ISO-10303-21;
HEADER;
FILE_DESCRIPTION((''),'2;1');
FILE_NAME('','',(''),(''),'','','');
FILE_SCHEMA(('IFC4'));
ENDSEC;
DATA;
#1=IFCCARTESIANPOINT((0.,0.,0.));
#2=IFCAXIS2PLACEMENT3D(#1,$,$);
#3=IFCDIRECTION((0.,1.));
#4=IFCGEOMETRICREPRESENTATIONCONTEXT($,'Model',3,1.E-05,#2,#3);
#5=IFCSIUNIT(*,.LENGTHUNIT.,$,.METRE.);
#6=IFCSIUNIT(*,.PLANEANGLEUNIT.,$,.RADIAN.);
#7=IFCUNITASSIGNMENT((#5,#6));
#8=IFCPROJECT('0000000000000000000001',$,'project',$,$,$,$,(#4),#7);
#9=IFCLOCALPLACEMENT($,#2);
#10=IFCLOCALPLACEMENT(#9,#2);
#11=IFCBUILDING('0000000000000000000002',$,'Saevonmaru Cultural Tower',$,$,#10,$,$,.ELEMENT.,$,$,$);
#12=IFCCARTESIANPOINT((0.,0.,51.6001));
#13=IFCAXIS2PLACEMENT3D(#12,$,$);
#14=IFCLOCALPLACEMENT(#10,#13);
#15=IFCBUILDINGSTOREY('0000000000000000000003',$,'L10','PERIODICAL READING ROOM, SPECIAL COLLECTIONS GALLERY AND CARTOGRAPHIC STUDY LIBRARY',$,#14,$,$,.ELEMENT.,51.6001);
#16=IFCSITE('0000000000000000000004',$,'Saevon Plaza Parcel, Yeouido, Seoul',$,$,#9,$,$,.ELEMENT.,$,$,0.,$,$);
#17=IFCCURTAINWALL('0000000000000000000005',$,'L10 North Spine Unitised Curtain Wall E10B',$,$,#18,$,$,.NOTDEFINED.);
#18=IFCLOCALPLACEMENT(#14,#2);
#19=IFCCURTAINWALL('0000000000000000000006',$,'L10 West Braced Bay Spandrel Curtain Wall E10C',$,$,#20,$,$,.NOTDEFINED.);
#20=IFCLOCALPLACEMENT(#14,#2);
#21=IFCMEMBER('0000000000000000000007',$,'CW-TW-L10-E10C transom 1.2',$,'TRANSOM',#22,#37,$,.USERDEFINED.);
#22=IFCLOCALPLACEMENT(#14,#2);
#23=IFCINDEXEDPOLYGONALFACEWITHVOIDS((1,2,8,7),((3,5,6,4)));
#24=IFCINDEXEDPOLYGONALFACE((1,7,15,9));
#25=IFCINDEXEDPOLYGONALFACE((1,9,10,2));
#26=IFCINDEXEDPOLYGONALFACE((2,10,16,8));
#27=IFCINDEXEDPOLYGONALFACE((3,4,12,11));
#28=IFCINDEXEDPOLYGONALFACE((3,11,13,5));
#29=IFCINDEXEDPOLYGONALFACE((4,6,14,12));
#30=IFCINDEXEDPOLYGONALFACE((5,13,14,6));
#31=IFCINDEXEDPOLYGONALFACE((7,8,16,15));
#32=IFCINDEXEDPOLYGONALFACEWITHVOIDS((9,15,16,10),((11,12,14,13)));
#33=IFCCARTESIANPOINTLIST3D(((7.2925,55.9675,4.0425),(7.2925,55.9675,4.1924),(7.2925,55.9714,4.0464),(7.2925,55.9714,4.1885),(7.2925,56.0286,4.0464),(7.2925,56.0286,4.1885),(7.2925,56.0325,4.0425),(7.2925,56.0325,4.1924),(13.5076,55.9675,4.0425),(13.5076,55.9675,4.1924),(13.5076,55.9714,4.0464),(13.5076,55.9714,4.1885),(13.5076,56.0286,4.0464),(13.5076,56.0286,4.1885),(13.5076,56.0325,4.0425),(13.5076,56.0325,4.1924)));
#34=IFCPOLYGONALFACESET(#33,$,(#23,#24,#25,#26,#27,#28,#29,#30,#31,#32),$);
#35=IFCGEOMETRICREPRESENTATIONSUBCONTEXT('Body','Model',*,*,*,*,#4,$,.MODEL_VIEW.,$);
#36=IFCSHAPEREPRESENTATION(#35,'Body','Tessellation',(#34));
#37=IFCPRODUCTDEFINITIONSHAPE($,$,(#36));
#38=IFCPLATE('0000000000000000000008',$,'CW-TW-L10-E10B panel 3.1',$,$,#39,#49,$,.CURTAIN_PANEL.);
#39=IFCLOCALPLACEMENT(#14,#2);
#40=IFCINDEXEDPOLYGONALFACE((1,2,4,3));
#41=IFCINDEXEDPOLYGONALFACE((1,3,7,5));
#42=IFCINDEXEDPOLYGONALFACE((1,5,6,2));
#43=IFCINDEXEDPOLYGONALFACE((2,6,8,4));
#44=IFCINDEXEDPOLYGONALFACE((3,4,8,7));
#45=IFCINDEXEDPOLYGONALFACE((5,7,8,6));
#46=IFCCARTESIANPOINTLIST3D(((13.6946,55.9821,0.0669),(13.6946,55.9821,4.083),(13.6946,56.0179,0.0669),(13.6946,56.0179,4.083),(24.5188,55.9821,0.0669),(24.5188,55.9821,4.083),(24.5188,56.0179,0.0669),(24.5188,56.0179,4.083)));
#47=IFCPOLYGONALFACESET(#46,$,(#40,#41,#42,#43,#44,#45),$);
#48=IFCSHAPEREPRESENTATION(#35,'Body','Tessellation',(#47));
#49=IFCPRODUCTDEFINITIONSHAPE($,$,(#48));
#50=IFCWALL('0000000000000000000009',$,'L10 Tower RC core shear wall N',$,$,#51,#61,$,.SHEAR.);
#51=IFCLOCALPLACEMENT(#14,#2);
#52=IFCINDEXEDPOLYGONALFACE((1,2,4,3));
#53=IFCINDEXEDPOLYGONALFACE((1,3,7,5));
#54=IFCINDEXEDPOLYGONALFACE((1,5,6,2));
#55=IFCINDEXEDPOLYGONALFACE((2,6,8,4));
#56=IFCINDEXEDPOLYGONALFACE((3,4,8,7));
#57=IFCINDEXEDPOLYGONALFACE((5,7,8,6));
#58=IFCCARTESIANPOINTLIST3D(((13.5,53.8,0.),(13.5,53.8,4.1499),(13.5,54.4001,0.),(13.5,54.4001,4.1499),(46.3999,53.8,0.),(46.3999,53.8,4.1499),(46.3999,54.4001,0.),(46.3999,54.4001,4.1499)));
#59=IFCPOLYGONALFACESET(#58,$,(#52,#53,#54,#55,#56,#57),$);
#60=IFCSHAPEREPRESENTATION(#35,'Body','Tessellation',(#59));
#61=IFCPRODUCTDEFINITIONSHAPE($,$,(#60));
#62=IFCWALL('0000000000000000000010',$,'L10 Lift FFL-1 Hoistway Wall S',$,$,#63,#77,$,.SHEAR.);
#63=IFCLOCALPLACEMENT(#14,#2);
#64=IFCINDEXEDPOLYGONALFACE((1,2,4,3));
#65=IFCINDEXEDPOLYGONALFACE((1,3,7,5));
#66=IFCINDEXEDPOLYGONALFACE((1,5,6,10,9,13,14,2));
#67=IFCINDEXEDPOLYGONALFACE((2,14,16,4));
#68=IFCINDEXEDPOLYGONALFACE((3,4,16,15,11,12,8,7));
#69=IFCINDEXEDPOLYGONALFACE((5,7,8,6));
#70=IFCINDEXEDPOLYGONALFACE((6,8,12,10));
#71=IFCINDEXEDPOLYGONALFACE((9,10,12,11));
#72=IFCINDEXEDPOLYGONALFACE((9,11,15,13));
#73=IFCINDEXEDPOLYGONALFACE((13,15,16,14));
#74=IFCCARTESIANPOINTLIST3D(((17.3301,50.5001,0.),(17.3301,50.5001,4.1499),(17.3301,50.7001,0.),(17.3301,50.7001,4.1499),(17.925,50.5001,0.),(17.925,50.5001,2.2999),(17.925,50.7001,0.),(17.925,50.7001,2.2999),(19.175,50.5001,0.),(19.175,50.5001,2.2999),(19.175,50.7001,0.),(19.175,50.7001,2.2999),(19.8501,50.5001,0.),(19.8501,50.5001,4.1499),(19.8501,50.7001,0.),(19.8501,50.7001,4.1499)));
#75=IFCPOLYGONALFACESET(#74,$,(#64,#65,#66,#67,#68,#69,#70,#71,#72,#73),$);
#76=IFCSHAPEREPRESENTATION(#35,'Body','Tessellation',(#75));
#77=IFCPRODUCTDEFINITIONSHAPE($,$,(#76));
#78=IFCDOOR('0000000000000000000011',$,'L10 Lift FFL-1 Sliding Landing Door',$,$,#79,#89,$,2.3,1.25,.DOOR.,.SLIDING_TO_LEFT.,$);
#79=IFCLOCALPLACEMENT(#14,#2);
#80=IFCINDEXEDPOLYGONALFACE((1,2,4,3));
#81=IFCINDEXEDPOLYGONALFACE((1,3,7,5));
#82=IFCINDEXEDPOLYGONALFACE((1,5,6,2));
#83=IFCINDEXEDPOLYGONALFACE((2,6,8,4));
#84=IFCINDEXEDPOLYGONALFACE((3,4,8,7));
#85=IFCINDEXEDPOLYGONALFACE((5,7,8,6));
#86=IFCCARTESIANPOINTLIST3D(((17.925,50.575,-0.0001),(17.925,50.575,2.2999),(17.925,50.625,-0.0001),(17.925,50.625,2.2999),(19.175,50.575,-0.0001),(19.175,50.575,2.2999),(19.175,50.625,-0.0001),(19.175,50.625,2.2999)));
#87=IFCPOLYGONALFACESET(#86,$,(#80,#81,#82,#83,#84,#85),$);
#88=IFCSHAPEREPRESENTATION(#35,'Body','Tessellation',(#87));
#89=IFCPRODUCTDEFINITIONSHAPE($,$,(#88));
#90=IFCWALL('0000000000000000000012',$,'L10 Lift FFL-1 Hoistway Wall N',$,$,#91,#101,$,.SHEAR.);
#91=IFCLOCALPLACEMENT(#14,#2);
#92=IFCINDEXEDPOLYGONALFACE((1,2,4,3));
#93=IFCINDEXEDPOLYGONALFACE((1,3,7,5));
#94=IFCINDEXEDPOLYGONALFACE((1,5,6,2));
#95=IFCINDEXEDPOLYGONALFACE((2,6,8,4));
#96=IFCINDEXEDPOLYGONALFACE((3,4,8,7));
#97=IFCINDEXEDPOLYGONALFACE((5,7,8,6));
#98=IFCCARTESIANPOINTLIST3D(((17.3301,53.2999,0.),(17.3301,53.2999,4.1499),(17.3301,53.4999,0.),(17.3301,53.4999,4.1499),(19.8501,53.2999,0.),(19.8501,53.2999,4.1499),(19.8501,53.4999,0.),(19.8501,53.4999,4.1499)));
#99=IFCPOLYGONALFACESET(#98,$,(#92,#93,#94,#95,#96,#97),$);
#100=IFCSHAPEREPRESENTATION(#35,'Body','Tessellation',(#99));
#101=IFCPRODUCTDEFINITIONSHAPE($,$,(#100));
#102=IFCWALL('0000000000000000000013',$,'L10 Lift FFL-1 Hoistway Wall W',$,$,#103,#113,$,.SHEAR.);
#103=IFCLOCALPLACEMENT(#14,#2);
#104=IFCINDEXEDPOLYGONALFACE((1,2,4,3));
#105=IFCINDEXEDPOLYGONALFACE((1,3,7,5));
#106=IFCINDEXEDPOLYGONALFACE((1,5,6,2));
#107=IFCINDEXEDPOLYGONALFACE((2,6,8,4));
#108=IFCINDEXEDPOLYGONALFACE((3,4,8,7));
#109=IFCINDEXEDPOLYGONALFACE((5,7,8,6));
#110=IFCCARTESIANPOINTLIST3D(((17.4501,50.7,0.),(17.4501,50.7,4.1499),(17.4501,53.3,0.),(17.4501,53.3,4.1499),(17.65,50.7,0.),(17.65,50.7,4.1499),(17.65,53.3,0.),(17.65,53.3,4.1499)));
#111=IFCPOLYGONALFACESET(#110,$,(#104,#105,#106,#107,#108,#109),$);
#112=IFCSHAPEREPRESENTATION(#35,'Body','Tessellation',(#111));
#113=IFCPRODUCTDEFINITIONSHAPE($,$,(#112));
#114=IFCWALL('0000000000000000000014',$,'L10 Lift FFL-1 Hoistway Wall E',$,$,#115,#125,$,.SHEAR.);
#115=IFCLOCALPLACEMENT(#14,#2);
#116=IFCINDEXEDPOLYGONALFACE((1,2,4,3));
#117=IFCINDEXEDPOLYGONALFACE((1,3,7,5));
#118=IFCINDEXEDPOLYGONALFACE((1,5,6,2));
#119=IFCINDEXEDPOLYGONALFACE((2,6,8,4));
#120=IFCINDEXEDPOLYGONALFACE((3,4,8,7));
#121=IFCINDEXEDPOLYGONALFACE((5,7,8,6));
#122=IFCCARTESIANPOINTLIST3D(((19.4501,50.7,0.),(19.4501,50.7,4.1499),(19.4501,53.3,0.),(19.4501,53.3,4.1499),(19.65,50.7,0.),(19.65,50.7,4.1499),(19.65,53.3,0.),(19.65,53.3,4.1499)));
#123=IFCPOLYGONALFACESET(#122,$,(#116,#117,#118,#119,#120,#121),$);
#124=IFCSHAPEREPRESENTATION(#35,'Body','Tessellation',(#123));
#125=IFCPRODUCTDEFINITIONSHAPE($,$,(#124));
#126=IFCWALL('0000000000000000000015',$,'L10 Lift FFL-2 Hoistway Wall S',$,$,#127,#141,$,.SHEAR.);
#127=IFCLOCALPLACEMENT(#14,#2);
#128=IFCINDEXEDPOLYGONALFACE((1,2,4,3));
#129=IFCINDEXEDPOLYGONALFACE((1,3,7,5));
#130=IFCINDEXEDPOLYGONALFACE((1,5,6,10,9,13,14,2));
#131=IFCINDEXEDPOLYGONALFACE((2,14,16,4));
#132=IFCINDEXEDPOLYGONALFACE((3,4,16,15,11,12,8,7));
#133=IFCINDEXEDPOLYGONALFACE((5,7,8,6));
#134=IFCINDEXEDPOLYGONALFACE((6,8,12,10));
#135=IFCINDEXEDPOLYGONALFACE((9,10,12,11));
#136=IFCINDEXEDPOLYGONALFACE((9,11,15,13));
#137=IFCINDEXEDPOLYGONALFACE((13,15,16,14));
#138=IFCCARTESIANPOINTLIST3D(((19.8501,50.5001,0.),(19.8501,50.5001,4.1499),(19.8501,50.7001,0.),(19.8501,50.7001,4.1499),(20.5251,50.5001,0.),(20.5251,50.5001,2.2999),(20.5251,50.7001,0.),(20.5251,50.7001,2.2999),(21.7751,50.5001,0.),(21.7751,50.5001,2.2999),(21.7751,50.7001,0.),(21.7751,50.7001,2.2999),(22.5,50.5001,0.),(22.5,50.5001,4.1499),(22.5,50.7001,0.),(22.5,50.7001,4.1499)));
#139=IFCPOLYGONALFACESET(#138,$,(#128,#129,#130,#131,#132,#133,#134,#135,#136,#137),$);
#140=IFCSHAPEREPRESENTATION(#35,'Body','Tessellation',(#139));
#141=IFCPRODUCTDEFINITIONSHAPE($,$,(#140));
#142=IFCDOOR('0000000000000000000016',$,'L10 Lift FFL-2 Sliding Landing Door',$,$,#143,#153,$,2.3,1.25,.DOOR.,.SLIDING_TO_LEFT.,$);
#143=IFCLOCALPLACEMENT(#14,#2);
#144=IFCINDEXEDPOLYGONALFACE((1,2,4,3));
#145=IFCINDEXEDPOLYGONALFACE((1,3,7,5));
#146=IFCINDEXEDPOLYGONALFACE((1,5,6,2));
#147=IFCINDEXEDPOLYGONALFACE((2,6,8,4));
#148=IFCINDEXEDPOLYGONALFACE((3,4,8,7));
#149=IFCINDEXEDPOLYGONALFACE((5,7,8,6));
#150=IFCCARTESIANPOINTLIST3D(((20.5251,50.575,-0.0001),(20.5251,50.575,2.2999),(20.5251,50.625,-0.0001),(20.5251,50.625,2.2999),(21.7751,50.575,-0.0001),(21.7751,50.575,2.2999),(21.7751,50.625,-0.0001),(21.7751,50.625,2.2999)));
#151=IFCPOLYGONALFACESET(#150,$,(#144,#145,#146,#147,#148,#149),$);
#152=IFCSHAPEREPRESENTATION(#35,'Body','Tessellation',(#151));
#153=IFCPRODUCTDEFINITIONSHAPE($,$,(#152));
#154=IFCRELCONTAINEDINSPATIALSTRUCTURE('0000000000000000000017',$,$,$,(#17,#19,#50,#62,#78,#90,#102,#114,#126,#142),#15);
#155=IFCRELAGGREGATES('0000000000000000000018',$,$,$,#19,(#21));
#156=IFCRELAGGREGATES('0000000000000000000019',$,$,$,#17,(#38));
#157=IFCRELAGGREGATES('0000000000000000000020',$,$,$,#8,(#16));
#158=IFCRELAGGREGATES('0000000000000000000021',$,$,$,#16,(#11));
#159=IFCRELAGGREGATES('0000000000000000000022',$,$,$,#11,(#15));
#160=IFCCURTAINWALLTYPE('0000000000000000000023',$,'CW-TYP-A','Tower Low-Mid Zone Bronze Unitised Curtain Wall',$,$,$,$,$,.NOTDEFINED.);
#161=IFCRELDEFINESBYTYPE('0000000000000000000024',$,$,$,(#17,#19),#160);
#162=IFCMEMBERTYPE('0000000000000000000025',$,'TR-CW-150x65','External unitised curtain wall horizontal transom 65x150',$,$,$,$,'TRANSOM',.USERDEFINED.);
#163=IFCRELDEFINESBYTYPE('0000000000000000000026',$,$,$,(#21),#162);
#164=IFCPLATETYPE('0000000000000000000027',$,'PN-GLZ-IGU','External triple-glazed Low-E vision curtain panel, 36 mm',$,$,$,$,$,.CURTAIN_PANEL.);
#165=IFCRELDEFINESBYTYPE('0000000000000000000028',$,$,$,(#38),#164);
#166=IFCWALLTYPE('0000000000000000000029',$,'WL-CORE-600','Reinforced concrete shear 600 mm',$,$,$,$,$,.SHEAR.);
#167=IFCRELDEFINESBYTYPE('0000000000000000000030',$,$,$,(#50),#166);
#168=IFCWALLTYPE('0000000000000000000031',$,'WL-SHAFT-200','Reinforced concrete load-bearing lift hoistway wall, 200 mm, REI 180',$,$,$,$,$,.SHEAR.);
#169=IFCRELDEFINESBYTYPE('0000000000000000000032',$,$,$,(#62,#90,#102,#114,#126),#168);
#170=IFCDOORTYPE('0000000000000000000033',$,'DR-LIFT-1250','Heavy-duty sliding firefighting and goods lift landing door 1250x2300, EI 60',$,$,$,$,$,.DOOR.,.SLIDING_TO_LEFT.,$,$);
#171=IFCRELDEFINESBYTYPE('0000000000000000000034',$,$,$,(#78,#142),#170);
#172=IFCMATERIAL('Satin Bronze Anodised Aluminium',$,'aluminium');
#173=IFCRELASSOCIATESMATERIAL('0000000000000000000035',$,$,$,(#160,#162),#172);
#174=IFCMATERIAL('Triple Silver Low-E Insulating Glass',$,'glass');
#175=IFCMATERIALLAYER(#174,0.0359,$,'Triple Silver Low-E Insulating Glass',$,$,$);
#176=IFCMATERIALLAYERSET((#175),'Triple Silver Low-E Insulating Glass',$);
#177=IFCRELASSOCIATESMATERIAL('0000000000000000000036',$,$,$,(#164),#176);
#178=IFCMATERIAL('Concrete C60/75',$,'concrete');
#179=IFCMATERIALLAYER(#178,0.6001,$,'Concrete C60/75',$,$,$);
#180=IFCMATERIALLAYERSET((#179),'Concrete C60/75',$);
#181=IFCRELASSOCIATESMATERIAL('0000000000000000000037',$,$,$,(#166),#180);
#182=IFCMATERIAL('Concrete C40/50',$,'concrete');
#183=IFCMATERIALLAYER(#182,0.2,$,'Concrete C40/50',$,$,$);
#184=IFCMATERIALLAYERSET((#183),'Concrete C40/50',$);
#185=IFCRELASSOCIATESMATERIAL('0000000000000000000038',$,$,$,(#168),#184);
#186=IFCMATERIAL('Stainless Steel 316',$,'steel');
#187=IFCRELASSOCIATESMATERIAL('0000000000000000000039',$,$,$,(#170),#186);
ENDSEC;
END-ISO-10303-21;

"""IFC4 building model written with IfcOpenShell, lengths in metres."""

from ifc_helpers import new_model, si_unit, direction, frame, frame_2d, origin, origin_2d, place, context, subcontext, project, spatial, rectangle, hollow_rectangle, extrude, material, layer, layer_set, material_profile, profile_set, type_object, element, fill, aggregate, save


model = new_model("IFC4")

# Units and contexts
model_context = context("Model", 3, precision=1e-05, world=origin(), true_north=direction((0.0, 1.0)))
body_context = subcontext(model_context, "Body", "Model", "MODEL_VIEW")
ifc_project = project(units=[si_unit("LENGTHUNIT", "METRE"), si_unit("PLANEANGLEUNIT", "RADIAN")], contexts=[model_context])

# Site, building, storey
site_placement = place(None, origin())
site = spatial("IfcSite", under=ifc_project, at=site_placement, Name="Saevon Plaza Parcel, Yeouido, Seoul", CompositionType="ELEMENT", RefElevation=0.0)
building_placement = place(site_placement, origin())
building = spatial("IfcBuilding", under=site, at=building_placement, Name="Saevonmaru Cultural Tower", CompositionType="ELEMENT")
storey_placement = place(building_placement, frame((0.0, 0.0, 51.6001)))
storey = spatial("IfcBuildingStorey", under=building, at=storey_placement, Name="L10", Description="PERIODICAL READING ROOM, SPECIAL COLLECTIONS GALLERY AND CARTOGRAPHIC STUDY LIBRARY", CompositionType="ELEMENT", Elevation=51.6001)

# Curtain wall
ifc_material_1 = material(Name="Satin Bronze Anodised Aluminium", Category="aluminium")
curtain_wall_type = type_object("IfcCurtainWallType", Name="CW-TYP-A", Description="Tower Low-Mid Zone Bronze Unitised Curtain Wall", PredefinedType="NOTDEFINED", material=ifc_material_1)
curtain_wall_1_placement = place(storey_placement, origin())
curtain_wall_1 = element("IfcCurtainWall", 1, at=curtain_wall_1_placement, inside=storey, type_object=curtain_wall_type, Name="L10 North Spine Unitised Curtain Wall E10B", PredefinedType="NOTDEFINED")

# Curtain wall, member
curtain_wall_2_placement = place(storey_placement, origin())
curtain_wall_2 = element("IfcCurtainWall", 2, at=curtain_wall_2_placement, inside=storey, type_object=curtain_wall_type, Name="L10 West Braced Bay Spandrel Curtain Wall E10C", PredefinedType="NOTDEFINED")
ifc_material_profile_1 = material_profile(ifc_material_1, hollow_rectangle(XDim=0.0649, YDim=0.1499, WallThickness=0.0039, at=origin_2d()), Name="ALU-TRAN-150x65x4")
ifc_profile_set_1 = profile_set([ifc_material_profile_1], Name="Satin Bronze Anodised Aluminium")
member_type_1 = type_object("IfcMemberType", Name="TR-CW-150x65", Description="External unitised curtain wall horizontal transom 65x150", ElementType="TRANSOM", PredefinedType="USERDEFINED", material=ifc_profile_set_1)
member_1_placement = place(storey_placement, frame((13.5076, 56.0, 4.1174), z_axis=(-1.0, 0.0, 0.0), x_axis=(0.0, -1.0, 0.0)))
member_1 = element("IfcMember", 3, at=member_1_placement, type_object=member_type_1, Name="CW-TW-L10-E10C transom 1.2", ObjectType="TRANSOM", PredefinedType="USERDEFINED", context=body_context, shape_type="SweptSolid", body=[
    extrude(hollow_rectangle(XDim=0.0649, YDim=0.1499, WallThickness=0.0039, at=origin_2d()), origin(), (0.0, 0.0, 1.0), 6.2151),
])
aggregate(curtain_wall_2, [member_1])

# Plate
ifc_material_2 = material(Name="Triple Silver Low-E Insulating Glass", Category="glass")
ifc_layer_1 = layer(ifc_material_2, 0.0359, Name="Triple Silver Low-E Insulating Glass")
ifc_layer_set_1 = layer_set([ifc_layer_1], Name="Triple Silver Low-E Insulating Glass")
plate_type = type_object("IfcPlateType", Name="PN-GLZ-IGU", Description="External triple-glazed Low-E vision curtain panel, 36 mm", PredefinedType="CURTAIN_PANEL", material=ifc_layer_set_1)
plate_placement = place(storey_placement, frame((19.1067, 56.0, 0.0669), z_axis=(0.0, 0.0, 1.0), x_axis=(-1.0, 0.0, 0.0)))
plate = element("IfcPlate", 4, at=plate_placement, type_object=plate_type, Name="CW-TW-L10-E10B panel 3.1", PredefinedType="CURTAIN_PANEL", context=body_context, shape_type="SweptSolid", body=[
    extrude(rectangle(XDim=10.8242, YDim=0.0359, at=origin_2d()), origin(), (0.0, 0.0, 1.0), 4.0161),
])
aggregate(curtain_wall_1, [plate])

# Wall
ifc_material_3 = material(Name="Concrete C60/75", Category="concrete")
ifc_layer_2 = layer(ifc_material_3, 0.6001, Name="Concrete C60/75")
ifc_layer_set_2 = layer_set([ifc_layer_2], Name="Concrete C60/75")
wall_type_1 = type_object("IfcWallType", Name="WL-CORE-600", Description="Reinforced concrete shear 600 mm", PredefinedType="SHEAR", material=ifc_layer_set_2)
wall_1_placement = place(storey_placement, frame((13.5, 54.1001, 0.0), z_axis=(0.0, 0.0, 1.0), x_axis=(1.0, 0.0, 0.0)))
element("IfcWall", 5, at=wall_1_placement, inside=storey, type_object=wall_type_1, Name="L10 Tower RC core shear wall N", PredefinedType="SHEAR", context=body_context, shape_type="SweptSolid", body=[
    extrude(rectangle(XDim=32.8999, YDim=0.6001, at=frame_2d((16.45, 0.0))), origin(), (0.0, 0.0, 1.0), 4.1499),
])

# Wall, opening, door
ifc_material_4 = material(Name="Concrete C40/50", Category="concrete")
ifc_layer_3 = layer(ifc_material_4, 0.2, Name="Concrete C40/50")
ifc_layer_set_3 = layer_set([ifc_layer_3], Name="Concrete C40/50")
wall_type_2 = type_object("IfcWallType", Name="WL-SHAFT-200", Description="Reinforced concrete load-bearing lift hoistway wall, 200 mm, REI 180", PredefinedType="SHEAR", material=ifc_layer_set_3)
wall_2_placement = place(storey_placement, frame((17.3301, 50.6001, 0.0), z_axis=(0.0, 0.0, 1.0), x_axis=(1.0, 0.0, 0.0)))
wall_2 = element("IfcWall", 6, at=wall_2_placement, inside=storey, type_object=wall_type_2, Name="L10 Lift FFL-1 Hoistway Wall S", PredefinedType="SHEAR", context=body_context, shape_type="SweptSolid", body=[
    extrude(rectangle(XDim=2.52, YDim=0.2, at=frame_2d((1.26, 0.0))), origin(), (0.0, 0.0, 1.0), 4.1499),
])
opening_1_placement = place(wall_2_placement, frame((0.595, 0.0, 0.0)))
opening_1 = element("IfcOpeningElement", 7, at=opening_1_placement, cuts=wall_2, PredefinedType="OPENING", context=body_context, shape_type="SweptSolid", body=[
    extrude(rectangle(XDim=1.25, YDim=2.3, at=frame_2d((0.625, 1.1499))), frame((0.0, 0.1099, 0.0), z_axis=(0.0, -1.0, 0.0), x_axis=(1.0, 0.0, 0.0)), (0.0, 0.0, 1.0), 0.22),
])
ifc_material_5 = material(Name="Stainless Steel 316", Category="steel")
door_type = type_object("IfcDoorType", Name="DR-LIFT-1250", Description="Heavy-duty sliding firefighting and goods lift landing door 1250x2300, EI 60", OperationType="SLIDING_TO_LEFT", PredefinedType="DOOR", material=ifc_material_5)
door_1_placement = place(opening_1_placement, origin())
door_1 = element("IfcDoor", 8, at=door_1_placement, inside=storey, type_object=door_type, Name="L10 Lift FFL-1 Sliding Landing Door", OperationType="SLIDING_TO_LEFT", OverallHeight=2.3, OverallWidth=1.25, PredefinedType="DOOR", context=body_context, shape_type="SweptSolid", body=[
    extrude(rectangle(XDim=1.25, YDim=2.3, at=frame_2d((0.625, 1.1499))), frame((0.0, 0.0249, 0.0), z_axis=(0.0, -1.0, 0.0), x_axis=(1.0, 0.0, 0.0)), (0.0, 0.0, 1.0), 0.05),
])
fill(opening_1, door_1)

# Walls
wall_3_placement = place(storey_placement, frame((17.3301, 53.3999, 0.0), z_axis=(0.0, 0.0, 1.0), x_axis=(1.0, 0.0, 0.0)))
element("IfcWall", 9, at=wall_3_placement, inside=storey, type_object=wall_type_2, Name="L10 Lift FFL-1 Hoistway Wall N", PredefinedType="SHEAR", context=body_context, shape_type="SweptSolid", body=[
    extrude(rectangle(XDim=2.52, YDim=0.2, at=frame_2d((1.26, 0.0))), origin(), (0.0, 0.0, 1.0), 4.1499),
])
for number, where, z_axis, x_axis, name in (
    (10, (17.55, 50.7, 0.0), (0.0, 0.0, 1.0), (0.0, 1.0, 0.0), "L10 Lift FFL-1 Hoistway Wall W"),
    (11, (19.55, 50.7, 0.0), (0.0, 0.0, 1.0), (0.0, 1.0, 0.0), "L10 Lift FFL-1 Hoistway Wall E"),
):
    element("IfcWall", number, at=place(storey_placement, frame(where, z_axis=z_axis, x_axis=x_axis)), inside=storey, type_object=wall_type_2, Name=name, PredefinedType="SHEAR", context=body_context, shape_type="SweptSolid", body=[
        extrude(rectangle(XDim=2.6001, YDim=0.2, at=frame_2d((1.3, 0.0))), origin(), (0.0, 0.0, 1.0), 4.1499),
    ])

# Wall, opening, door
wall_4_placement = place(storey_placement, frame((19.8501, 50.6001, 0.0), z_axis=(0.0, 0.0, 1.0), x_axis=(1.0, 0.0, 0.0)))
wall_4 = element("IfcWall", 12, at=wall_4_placement, inside=storey, type_object=wall_type_2, Name="L10 Lift FFL-2 Hoistway Wall S", PredefinedType="SHEAR", context=body_context, shape_type="SweptSolid", body=[
    extrude(rectangle(XDim=2.6499, YDim=0.2, at=frame_2d((1.325, 0.0))), origin(), (0.0, 0.0, 1.0), 4.1499),
])
opening_2_placement = place(wall_4_placement, frame((0.675, 0.0, 0.0)))
opening_2 = element("IfcOpeningElement", 13, at=opening_2_placement, cuts=wall_4, PredefinedType="OPENING", context=body_context, shape_type="SweptSolid", body=[
    extrude(rectangle(XDim=1.25, YDim=2.3, at=frame_2d((0.625, 1.1499))), frame((0.0, 0.1099, 0.0), z_axis=(0.0, -1.0, 0.0), x_axis=(1.0, 0.0, 0.0)), (0.0, 0.0, 1.0), 0.22),
])
door_2_placement = place(opening_2_placement, origin())
door_2 = element("IfcDoor", 14, at=door_2_placement, inside=storey, type_object=door_type, Name="L10 Lift FFL-2 Sliding Landing Door", OperationType="SLIDING_TO_LEFT", OverallHeight=2.3, OverallWidth=1.25, PredefinedType="DOOR", context=body_context, shape_type="SweptSolid", body=[
    extrude(rectangle(XDim=1.25, YDim=2.3, at=frame_2d((0.625, 1.1499))), frame((0.0, 0.0249, 0.0), z_axis=(0.0, -1.0, 0.0), x_axis=(1.0, 0.0, 0.0)), (0.0, 0.0, 1.0), 0.05),
])
fill(opening_2, door_2)

save(model, "model.ifc")
